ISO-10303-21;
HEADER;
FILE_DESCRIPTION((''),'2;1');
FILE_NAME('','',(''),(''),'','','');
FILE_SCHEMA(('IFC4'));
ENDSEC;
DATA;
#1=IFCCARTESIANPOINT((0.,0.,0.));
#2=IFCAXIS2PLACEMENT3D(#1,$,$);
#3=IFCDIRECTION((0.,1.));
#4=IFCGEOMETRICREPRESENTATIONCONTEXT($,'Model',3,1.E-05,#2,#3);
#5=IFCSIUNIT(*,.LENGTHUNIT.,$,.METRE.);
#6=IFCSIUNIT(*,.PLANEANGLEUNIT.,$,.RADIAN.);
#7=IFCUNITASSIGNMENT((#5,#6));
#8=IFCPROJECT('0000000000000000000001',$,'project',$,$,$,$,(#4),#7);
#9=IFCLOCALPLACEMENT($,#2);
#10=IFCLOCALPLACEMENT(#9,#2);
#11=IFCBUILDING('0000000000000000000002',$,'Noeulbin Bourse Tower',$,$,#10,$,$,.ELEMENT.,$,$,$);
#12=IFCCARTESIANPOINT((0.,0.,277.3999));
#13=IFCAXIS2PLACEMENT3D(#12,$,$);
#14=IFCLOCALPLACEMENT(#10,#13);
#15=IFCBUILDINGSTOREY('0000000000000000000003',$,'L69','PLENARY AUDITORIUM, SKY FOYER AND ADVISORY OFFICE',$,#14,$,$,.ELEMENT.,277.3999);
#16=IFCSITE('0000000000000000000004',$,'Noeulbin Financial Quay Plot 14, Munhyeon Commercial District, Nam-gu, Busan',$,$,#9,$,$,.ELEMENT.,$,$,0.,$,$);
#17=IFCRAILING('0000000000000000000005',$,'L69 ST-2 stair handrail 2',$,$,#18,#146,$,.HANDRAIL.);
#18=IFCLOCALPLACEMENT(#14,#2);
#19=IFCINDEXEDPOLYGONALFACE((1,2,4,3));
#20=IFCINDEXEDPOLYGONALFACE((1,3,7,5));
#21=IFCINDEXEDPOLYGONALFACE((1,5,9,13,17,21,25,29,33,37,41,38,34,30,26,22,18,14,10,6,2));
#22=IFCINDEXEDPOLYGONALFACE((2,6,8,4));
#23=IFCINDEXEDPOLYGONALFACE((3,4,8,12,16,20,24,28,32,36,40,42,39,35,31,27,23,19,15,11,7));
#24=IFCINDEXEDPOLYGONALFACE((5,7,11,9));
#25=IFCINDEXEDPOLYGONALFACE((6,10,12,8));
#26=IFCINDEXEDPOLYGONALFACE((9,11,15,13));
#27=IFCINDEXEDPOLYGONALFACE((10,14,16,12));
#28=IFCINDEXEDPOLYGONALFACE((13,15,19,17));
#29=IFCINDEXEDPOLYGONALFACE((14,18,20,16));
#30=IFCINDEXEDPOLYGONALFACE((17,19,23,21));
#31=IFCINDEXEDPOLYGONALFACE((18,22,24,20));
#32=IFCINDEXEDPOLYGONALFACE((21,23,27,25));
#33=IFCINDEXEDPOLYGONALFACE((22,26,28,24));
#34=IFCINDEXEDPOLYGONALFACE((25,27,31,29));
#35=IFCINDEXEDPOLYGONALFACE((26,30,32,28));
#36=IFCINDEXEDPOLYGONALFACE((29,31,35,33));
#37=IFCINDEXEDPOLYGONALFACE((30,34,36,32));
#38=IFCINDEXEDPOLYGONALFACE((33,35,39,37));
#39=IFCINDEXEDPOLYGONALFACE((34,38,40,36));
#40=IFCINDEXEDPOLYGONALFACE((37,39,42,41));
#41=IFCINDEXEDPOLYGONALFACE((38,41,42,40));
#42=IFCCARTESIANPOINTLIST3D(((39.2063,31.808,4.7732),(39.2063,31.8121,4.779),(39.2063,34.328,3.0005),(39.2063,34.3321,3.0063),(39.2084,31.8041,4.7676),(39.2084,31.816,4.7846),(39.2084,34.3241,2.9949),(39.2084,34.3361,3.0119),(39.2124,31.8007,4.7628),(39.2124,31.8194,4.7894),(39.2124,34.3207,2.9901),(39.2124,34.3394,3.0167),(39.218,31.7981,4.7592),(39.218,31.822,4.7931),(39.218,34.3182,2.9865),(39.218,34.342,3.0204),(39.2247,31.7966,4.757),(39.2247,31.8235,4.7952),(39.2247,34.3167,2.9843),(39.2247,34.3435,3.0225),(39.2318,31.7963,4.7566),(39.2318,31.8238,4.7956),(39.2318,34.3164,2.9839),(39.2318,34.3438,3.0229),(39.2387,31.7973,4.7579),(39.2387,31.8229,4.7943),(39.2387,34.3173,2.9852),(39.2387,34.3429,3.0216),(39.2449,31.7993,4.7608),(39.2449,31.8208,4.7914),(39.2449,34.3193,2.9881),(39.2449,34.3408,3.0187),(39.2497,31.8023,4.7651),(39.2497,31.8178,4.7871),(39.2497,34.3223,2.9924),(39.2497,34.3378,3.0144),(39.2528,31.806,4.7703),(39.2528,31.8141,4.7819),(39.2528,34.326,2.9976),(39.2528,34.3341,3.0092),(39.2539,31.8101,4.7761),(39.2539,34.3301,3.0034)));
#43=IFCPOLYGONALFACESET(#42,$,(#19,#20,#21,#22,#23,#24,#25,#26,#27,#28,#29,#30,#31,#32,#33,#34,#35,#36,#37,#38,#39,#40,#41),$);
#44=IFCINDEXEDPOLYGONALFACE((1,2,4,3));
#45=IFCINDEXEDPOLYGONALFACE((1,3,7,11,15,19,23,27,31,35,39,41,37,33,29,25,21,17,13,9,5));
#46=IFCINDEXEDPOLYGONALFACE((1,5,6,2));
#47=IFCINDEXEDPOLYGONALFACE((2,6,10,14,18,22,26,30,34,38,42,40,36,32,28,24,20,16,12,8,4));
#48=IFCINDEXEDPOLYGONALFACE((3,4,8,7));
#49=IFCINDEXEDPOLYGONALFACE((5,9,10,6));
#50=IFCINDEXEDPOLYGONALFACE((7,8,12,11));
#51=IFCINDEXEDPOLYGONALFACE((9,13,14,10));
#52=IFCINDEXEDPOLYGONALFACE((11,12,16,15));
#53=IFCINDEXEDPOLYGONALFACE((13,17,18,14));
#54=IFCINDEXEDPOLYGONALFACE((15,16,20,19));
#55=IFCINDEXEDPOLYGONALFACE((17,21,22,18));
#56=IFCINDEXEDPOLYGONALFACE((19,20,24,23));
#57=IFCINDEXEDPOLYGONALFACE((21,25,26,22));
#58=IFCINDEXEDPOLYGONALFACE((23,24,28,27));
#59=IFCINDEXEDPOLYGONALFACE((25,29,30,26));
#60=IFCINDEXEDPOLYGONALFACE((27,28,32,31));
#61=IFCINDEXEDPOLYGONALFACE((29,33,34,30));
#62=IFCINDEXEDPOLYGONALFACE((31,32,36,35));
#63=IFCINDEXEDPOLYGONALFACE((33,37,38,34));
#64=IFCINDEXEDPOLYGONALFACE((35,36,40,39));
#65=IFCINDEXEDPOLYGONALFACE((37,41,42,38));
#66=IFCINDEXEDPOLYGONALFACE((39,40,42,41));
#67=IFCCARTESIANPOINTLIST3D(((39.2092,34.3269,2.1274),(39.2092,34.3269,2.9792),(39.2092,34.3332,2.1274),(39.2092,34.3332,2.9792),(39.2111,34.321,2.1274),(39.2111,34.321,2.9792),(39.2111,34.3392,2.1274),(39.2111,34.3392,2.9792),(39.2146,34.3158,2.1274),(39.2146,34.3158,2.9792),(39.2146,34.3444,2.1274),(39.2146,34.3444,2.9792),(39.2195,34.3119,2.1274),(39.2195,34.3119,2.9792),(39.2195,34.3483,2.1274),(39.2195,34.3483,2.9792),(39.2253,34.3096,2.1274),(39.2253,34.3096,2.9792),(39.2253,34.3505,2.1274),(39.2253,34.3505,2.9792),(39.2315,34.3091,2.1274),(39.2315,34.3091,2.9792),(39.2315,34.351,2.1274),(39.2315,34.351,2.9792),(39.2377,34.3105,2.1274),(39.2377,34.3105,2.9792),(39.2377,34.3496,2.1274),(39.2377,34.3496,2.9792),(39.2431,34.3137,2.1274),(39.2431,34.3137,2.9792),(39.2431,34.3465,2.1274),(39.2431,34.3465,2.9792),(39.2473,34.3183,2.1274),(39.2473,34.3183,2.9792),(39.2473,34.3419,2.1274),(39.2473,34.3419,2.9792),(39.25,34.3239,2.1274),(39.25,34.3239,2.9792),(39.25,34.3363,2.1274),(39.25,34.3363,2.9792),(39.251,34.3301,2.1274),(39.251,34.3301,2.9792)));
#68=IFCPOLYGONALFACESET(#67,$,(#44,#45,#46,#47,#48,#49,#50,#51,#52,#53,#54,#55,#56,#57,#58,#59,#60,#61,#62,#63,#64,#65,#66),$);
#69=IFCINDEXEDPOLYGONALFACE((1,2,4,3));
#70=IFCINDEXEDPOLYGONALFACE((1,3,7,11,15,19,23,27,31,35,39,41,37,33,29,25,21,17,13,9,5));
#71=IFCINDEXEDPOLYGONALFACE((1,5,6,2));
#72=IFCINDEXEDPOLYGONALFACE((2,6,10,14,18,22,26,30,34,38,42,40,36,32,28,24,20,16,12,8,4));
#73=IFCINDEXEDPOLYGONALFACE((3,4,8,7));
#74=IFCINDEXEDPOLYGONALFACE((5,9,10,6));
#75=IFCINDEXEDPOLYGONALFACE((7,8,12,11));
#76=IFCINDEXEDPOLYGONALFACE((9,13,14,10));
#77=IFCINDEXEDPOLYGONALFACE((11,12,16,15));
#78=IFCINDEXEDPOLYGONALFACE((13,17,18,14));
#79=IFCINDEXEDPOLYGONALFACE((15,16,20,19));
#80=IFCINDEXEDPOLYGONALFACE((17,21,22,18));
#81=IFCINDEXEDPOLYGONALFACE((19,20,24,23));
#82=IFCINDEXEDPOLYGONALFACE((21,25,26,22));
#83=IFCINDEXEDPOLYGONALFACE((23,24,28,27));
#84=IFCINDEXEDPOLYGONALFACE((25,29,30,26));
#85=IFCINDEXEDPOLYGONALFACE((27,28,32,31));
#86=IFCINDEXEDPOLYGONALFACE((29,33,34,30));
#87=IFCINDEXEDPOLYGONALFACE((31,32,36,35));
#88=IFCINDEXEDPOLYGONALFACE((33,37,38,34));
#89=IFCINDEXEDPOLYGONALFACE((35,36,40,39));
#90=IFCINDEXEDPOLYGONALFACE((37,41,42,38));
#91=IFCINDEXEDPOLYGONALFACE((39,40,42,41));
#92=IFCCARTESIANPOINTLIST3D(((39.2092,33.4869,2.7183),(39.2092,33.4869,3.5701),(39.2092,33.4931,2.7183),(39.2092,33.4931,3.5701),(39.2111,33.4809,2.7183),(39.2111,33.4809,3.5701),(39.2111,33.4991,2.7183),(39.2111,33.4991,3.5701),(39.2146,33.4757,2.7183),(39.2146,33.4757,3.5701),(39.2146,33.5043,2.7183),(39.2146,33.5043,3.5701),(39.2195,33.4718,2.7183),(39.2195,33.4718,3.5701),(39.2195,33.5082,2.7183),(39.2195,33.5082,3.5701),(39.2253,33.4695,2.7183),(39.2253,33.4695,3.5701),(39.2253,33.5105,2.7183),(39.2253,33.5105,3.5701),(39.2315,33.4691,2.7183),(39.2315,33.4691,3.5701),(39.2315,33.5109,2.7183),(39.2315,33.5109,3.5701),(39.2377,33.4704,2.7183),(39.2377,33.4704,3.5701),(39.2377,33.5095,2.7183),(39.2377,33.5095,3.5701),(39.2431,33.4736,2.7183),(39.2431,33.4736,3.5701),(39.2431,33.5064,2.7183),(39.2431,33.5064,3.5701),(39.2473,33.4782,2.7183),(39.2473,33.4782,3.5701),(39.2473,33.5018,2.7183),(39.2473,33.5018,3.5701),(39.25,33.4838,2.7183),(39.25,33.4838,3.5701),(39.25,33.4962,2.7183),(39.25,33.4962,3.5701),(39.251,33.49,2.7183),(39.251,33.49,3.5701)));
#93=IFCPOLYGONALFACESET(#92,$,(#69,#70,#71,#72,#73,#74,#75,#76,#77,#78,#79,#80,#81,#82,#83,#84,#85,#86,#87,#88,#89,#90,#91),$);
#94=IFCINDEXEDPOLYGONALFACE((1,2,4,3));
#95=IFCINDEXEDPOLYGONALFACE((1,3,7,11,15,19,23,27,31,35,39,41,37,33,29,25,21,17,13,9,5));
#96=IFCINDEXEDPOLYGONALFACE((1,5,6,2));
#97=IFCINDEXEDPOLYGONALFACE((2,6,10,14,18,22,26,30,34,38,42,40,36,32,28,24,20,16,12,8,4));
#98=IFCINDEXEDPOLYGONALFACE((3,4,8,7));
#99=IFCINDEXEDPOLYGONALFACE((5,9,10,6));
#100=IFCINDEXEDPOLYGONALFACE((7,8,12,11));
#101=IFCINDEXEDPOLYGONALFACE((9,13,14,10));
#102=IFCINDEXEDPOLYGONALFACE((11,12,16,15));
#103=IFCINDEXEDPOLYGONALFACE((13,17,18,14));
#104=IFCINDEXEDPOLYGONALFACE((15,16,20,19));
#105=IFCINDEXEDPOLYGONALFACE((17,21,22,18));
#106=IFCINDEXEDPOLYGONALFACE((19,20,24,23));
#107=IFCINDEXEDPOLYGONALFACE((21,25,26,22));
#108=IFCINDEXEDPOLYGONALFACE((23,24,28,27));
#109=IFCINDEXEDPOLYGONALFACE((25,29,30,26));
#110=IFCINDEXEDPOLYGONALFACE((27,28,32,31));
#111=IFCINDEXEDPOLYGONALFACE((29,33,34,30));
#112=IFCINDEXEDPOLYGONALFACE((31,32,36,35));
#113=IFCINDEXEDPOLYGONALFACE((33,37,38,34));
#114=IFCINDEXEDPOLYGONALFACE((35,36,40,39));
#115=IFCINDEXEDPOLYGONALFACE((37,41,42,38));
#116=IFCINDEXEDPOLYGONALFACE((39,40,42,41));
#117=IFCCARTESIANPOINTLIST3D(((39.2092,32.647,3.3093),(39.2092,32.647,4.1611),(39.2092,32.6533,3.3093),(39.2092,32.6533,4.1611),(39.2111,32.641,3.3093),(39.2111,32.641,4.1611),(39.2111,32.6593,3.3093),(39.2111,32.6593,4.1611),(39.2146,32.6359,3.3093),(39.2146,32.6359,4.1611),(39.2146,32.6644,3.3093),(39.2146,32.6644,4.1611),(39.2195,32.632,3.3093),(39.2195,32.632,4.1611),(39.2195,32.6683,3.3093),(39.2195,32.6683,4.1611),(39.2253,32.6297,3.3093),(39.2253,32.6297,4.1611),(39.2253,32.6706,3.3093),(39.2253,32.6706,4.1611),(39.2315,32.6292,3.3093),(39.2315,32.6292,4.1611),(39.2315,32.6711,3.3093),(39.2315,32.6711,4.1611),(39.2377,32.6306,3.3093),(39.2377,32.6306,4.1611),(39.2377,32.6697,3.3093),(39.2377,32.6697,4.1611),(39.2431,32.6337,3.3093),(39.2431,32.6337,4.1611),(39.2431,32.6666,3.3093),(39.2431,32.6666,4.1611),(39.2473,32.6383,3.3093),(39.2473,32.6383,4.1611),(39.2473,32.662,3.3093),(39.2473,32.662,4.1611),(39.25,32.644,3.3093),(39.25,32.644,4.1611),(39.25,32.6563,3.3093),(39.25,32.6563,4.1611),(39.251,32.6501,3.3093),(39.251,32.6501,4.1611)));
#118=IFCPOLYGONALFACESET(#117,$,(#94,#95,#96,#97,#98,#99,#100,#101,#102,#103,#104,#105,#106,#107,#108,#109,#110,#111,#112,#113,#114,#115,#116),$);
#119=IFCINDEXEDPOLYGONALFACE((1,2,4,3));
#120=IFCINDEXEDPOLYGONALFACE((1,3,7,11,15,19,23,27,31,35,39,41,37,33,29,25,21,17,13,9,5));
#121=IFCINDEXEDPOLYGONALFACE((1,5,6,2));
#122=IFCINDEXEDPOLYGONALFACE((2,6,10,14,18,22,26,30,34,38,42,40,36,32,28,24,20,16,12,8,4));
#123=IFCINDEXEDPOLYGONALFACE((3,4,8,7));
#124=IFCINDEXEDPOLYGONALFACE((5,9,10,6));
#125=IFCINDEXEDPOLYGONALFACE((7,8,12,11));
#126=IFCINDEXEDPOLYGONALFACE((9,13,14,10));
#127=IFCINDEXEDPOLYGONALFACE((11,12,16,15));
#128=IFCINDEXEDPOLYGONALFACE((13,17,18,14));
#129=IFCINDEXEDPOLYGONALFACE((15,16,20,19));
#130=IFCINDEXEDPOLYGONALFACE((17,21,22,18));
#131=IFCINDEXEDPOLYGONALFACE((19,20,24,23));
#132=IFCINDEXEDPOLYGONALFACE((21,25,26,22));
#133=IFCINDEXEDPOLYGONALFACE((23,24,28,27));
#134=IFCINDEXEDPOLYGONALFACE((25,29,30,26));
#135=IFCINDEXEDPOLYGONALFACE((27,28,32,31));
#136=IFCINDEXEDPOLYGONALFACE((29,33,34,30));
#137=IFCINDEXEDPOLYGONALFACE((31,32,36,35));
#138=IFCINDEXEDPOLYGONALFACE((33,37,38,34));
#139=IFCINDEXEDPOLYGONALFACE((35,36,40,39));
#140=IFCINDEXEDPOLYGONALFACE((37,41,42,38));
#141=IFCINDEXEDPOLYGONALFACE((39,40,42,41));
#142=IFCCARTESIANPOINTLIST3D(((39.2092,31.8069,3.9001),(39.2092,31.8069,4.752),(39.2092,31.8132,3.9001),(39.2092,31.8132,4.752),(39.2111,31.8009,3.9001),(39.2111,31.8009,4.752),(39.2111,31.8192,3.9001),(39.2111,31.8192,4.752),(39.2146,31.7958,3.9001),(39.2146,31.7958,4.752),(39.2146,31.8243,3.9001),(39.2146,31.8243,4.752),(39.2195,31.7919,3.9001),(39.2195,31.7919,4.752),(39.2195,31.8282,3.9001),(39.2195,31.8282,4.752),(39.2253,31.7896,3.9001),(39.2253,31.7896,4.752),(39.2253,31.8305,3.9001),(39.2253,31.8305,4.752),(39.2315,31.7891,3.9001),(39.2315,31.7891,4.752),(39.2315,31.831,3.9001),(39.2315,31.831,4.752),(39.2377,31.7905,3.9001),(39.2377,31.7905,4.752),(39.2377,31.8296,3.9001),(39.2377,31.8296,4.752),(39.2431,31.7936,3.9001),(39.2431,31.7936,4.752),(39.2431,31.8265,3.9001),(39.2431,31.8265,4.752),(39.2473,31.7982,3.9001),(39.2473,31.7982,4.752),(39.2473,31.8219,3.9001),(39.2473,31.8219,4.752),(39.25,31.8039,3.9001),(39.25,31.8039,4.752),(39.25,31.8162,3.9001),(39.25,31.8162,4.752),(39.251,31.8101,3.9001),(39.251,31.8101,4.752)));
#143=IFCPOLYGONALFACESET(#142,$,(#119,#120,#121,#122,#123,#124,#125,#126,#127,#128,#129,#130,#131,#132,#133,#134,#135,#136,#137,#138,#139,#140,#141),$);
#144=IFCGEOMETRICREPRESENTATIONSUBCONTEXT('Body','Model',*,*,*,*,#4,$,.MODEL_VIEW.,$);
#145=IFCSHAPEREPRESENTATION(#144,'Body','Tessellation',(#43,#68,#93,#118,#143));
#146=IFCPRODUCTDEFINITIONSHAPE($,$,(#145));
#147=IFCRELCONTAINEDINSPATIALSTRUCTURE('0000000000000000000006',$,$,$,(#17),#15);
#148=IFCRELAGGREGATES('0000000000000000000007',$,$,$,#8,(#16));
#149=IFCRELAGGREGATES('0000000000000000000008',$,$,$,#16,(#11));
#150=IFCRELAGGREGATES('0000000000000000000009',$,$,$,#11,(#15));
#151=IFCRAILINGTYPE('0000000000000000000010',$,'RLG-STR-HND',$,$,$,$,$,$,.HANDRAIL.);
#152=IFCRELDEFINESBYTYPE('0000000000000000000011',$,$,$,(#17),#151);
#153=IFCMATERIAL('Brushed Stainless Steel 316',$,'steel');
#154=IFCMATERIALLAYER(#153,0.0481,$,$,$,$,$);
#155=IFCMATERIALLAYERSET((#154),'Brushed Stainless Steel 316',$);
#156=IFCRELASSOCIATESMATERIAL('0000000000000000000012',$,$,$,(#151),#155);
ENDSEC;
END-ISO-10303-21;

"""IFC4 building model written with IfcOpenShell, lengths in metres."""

from ifc_helpers import new_model, si_unit, direction, frame, origin, origin_2d, place, context, subcontext, project, spatial, circle, extrude, material, layer, layer_set, type_object, element, save


model = new_model("IFC4")

# Units and contexts
model_context = context("Model", 3, precision=1e-05, world=origin(), true_north=direction((0.0, 1.0)))
body_context = subcontext(model_context, "Body", "Model", "MODEL_VIEW")
ifc_project = project(units=[si_unit("LENGTHUNIT", "METRE"), si_unit("PLANEANGLEUNIT", "RADIAN")], contexts=[model_context])

# Site, building, storey
site_placement = place(None, origin())
site = spatial("IfcSite", under=ifc_project, at=site_placement, Name="Noeulbin Financial Quay Plot 14, Munhyeon Commercial District, Nam-gu, Busan", CompositionType="ELEMENT", RefElevation=0.0)
building_placement = place(site_placement, origin())
building = spatial("IfcBuilding", under=site, at=building_placement, Name="Noeulbin Bourse Tower", CompositionType="ELEMENT")
storey_placement = place(building_placement, frame((0.0, 0.0, 277.3999)))
storey = spatial("IfcBuildingStorey", under=building, at=storey_placement, Name="L69", Description="PLENARY AUDITORIUM, SKY FOYER AND ADVISORY OFFICE", CompositionType="ELEMENT", Elevation=277.3999)

# Railing
ifc_material_1 = material(Name="Brushed Stainless Steel 316", Category="steel")
ifc_layer_1 = layer(ifc_material_1, 0.0481)
ifc_layer_set_1 = layer_set([ifc_layer_1], Name="Brushed Stainless Steel 316")
railing_type_1 = type_object("IfcRailingType", Name="RLG-STR-HND", PredefinedType="HANDRAIL", material=ifc_layer_set_1)
railing_1_placement = place(storey_placement, frame((39.23, 34.3301, 2.1274)))
element("IfcRailing", 1, at=railing_1_placement, inside=storey, type_object=railing_type_1, Name="L69 ST-2 stair handrail 2", PredefinedType="HANDRAIL", context=body_context, shape_type="SweptSolid", body=[
    extrude(circle(Radius=0.0239, at=origin_2d()), frame((0.0, 0.0, 0.876), z_axis=(0.0, -0.817904, 0.575354), x_axis=(1.0, 0.0, 0.0)), (0.0, 0.0, 1.0), 3.0811),
    extrude(circle(Radius=0.021, at=origin_2d()), origin(), (0.0, 0.0, 1.0), 0.8518),
    extrude(circle(Radius=0.021, at=origin_2d()), frame((0.0, -0.8401, 0.5908)), (0.0, 0.0, 1.0), 0.8518),
    extrude(circle(Radius=0.021, at=origin_2d()), frame((0.0, -1.6799, 1.1819)), (0.0, 0.0, 1.0), 0.8518),
    extrude(circle(Radius=0.021, at=origin_2d()), frame((0.0, -2.52, 1.7727)), (0.0, 0.0, 1.0), 0.8518),
])

save(model, "model.ifc")
